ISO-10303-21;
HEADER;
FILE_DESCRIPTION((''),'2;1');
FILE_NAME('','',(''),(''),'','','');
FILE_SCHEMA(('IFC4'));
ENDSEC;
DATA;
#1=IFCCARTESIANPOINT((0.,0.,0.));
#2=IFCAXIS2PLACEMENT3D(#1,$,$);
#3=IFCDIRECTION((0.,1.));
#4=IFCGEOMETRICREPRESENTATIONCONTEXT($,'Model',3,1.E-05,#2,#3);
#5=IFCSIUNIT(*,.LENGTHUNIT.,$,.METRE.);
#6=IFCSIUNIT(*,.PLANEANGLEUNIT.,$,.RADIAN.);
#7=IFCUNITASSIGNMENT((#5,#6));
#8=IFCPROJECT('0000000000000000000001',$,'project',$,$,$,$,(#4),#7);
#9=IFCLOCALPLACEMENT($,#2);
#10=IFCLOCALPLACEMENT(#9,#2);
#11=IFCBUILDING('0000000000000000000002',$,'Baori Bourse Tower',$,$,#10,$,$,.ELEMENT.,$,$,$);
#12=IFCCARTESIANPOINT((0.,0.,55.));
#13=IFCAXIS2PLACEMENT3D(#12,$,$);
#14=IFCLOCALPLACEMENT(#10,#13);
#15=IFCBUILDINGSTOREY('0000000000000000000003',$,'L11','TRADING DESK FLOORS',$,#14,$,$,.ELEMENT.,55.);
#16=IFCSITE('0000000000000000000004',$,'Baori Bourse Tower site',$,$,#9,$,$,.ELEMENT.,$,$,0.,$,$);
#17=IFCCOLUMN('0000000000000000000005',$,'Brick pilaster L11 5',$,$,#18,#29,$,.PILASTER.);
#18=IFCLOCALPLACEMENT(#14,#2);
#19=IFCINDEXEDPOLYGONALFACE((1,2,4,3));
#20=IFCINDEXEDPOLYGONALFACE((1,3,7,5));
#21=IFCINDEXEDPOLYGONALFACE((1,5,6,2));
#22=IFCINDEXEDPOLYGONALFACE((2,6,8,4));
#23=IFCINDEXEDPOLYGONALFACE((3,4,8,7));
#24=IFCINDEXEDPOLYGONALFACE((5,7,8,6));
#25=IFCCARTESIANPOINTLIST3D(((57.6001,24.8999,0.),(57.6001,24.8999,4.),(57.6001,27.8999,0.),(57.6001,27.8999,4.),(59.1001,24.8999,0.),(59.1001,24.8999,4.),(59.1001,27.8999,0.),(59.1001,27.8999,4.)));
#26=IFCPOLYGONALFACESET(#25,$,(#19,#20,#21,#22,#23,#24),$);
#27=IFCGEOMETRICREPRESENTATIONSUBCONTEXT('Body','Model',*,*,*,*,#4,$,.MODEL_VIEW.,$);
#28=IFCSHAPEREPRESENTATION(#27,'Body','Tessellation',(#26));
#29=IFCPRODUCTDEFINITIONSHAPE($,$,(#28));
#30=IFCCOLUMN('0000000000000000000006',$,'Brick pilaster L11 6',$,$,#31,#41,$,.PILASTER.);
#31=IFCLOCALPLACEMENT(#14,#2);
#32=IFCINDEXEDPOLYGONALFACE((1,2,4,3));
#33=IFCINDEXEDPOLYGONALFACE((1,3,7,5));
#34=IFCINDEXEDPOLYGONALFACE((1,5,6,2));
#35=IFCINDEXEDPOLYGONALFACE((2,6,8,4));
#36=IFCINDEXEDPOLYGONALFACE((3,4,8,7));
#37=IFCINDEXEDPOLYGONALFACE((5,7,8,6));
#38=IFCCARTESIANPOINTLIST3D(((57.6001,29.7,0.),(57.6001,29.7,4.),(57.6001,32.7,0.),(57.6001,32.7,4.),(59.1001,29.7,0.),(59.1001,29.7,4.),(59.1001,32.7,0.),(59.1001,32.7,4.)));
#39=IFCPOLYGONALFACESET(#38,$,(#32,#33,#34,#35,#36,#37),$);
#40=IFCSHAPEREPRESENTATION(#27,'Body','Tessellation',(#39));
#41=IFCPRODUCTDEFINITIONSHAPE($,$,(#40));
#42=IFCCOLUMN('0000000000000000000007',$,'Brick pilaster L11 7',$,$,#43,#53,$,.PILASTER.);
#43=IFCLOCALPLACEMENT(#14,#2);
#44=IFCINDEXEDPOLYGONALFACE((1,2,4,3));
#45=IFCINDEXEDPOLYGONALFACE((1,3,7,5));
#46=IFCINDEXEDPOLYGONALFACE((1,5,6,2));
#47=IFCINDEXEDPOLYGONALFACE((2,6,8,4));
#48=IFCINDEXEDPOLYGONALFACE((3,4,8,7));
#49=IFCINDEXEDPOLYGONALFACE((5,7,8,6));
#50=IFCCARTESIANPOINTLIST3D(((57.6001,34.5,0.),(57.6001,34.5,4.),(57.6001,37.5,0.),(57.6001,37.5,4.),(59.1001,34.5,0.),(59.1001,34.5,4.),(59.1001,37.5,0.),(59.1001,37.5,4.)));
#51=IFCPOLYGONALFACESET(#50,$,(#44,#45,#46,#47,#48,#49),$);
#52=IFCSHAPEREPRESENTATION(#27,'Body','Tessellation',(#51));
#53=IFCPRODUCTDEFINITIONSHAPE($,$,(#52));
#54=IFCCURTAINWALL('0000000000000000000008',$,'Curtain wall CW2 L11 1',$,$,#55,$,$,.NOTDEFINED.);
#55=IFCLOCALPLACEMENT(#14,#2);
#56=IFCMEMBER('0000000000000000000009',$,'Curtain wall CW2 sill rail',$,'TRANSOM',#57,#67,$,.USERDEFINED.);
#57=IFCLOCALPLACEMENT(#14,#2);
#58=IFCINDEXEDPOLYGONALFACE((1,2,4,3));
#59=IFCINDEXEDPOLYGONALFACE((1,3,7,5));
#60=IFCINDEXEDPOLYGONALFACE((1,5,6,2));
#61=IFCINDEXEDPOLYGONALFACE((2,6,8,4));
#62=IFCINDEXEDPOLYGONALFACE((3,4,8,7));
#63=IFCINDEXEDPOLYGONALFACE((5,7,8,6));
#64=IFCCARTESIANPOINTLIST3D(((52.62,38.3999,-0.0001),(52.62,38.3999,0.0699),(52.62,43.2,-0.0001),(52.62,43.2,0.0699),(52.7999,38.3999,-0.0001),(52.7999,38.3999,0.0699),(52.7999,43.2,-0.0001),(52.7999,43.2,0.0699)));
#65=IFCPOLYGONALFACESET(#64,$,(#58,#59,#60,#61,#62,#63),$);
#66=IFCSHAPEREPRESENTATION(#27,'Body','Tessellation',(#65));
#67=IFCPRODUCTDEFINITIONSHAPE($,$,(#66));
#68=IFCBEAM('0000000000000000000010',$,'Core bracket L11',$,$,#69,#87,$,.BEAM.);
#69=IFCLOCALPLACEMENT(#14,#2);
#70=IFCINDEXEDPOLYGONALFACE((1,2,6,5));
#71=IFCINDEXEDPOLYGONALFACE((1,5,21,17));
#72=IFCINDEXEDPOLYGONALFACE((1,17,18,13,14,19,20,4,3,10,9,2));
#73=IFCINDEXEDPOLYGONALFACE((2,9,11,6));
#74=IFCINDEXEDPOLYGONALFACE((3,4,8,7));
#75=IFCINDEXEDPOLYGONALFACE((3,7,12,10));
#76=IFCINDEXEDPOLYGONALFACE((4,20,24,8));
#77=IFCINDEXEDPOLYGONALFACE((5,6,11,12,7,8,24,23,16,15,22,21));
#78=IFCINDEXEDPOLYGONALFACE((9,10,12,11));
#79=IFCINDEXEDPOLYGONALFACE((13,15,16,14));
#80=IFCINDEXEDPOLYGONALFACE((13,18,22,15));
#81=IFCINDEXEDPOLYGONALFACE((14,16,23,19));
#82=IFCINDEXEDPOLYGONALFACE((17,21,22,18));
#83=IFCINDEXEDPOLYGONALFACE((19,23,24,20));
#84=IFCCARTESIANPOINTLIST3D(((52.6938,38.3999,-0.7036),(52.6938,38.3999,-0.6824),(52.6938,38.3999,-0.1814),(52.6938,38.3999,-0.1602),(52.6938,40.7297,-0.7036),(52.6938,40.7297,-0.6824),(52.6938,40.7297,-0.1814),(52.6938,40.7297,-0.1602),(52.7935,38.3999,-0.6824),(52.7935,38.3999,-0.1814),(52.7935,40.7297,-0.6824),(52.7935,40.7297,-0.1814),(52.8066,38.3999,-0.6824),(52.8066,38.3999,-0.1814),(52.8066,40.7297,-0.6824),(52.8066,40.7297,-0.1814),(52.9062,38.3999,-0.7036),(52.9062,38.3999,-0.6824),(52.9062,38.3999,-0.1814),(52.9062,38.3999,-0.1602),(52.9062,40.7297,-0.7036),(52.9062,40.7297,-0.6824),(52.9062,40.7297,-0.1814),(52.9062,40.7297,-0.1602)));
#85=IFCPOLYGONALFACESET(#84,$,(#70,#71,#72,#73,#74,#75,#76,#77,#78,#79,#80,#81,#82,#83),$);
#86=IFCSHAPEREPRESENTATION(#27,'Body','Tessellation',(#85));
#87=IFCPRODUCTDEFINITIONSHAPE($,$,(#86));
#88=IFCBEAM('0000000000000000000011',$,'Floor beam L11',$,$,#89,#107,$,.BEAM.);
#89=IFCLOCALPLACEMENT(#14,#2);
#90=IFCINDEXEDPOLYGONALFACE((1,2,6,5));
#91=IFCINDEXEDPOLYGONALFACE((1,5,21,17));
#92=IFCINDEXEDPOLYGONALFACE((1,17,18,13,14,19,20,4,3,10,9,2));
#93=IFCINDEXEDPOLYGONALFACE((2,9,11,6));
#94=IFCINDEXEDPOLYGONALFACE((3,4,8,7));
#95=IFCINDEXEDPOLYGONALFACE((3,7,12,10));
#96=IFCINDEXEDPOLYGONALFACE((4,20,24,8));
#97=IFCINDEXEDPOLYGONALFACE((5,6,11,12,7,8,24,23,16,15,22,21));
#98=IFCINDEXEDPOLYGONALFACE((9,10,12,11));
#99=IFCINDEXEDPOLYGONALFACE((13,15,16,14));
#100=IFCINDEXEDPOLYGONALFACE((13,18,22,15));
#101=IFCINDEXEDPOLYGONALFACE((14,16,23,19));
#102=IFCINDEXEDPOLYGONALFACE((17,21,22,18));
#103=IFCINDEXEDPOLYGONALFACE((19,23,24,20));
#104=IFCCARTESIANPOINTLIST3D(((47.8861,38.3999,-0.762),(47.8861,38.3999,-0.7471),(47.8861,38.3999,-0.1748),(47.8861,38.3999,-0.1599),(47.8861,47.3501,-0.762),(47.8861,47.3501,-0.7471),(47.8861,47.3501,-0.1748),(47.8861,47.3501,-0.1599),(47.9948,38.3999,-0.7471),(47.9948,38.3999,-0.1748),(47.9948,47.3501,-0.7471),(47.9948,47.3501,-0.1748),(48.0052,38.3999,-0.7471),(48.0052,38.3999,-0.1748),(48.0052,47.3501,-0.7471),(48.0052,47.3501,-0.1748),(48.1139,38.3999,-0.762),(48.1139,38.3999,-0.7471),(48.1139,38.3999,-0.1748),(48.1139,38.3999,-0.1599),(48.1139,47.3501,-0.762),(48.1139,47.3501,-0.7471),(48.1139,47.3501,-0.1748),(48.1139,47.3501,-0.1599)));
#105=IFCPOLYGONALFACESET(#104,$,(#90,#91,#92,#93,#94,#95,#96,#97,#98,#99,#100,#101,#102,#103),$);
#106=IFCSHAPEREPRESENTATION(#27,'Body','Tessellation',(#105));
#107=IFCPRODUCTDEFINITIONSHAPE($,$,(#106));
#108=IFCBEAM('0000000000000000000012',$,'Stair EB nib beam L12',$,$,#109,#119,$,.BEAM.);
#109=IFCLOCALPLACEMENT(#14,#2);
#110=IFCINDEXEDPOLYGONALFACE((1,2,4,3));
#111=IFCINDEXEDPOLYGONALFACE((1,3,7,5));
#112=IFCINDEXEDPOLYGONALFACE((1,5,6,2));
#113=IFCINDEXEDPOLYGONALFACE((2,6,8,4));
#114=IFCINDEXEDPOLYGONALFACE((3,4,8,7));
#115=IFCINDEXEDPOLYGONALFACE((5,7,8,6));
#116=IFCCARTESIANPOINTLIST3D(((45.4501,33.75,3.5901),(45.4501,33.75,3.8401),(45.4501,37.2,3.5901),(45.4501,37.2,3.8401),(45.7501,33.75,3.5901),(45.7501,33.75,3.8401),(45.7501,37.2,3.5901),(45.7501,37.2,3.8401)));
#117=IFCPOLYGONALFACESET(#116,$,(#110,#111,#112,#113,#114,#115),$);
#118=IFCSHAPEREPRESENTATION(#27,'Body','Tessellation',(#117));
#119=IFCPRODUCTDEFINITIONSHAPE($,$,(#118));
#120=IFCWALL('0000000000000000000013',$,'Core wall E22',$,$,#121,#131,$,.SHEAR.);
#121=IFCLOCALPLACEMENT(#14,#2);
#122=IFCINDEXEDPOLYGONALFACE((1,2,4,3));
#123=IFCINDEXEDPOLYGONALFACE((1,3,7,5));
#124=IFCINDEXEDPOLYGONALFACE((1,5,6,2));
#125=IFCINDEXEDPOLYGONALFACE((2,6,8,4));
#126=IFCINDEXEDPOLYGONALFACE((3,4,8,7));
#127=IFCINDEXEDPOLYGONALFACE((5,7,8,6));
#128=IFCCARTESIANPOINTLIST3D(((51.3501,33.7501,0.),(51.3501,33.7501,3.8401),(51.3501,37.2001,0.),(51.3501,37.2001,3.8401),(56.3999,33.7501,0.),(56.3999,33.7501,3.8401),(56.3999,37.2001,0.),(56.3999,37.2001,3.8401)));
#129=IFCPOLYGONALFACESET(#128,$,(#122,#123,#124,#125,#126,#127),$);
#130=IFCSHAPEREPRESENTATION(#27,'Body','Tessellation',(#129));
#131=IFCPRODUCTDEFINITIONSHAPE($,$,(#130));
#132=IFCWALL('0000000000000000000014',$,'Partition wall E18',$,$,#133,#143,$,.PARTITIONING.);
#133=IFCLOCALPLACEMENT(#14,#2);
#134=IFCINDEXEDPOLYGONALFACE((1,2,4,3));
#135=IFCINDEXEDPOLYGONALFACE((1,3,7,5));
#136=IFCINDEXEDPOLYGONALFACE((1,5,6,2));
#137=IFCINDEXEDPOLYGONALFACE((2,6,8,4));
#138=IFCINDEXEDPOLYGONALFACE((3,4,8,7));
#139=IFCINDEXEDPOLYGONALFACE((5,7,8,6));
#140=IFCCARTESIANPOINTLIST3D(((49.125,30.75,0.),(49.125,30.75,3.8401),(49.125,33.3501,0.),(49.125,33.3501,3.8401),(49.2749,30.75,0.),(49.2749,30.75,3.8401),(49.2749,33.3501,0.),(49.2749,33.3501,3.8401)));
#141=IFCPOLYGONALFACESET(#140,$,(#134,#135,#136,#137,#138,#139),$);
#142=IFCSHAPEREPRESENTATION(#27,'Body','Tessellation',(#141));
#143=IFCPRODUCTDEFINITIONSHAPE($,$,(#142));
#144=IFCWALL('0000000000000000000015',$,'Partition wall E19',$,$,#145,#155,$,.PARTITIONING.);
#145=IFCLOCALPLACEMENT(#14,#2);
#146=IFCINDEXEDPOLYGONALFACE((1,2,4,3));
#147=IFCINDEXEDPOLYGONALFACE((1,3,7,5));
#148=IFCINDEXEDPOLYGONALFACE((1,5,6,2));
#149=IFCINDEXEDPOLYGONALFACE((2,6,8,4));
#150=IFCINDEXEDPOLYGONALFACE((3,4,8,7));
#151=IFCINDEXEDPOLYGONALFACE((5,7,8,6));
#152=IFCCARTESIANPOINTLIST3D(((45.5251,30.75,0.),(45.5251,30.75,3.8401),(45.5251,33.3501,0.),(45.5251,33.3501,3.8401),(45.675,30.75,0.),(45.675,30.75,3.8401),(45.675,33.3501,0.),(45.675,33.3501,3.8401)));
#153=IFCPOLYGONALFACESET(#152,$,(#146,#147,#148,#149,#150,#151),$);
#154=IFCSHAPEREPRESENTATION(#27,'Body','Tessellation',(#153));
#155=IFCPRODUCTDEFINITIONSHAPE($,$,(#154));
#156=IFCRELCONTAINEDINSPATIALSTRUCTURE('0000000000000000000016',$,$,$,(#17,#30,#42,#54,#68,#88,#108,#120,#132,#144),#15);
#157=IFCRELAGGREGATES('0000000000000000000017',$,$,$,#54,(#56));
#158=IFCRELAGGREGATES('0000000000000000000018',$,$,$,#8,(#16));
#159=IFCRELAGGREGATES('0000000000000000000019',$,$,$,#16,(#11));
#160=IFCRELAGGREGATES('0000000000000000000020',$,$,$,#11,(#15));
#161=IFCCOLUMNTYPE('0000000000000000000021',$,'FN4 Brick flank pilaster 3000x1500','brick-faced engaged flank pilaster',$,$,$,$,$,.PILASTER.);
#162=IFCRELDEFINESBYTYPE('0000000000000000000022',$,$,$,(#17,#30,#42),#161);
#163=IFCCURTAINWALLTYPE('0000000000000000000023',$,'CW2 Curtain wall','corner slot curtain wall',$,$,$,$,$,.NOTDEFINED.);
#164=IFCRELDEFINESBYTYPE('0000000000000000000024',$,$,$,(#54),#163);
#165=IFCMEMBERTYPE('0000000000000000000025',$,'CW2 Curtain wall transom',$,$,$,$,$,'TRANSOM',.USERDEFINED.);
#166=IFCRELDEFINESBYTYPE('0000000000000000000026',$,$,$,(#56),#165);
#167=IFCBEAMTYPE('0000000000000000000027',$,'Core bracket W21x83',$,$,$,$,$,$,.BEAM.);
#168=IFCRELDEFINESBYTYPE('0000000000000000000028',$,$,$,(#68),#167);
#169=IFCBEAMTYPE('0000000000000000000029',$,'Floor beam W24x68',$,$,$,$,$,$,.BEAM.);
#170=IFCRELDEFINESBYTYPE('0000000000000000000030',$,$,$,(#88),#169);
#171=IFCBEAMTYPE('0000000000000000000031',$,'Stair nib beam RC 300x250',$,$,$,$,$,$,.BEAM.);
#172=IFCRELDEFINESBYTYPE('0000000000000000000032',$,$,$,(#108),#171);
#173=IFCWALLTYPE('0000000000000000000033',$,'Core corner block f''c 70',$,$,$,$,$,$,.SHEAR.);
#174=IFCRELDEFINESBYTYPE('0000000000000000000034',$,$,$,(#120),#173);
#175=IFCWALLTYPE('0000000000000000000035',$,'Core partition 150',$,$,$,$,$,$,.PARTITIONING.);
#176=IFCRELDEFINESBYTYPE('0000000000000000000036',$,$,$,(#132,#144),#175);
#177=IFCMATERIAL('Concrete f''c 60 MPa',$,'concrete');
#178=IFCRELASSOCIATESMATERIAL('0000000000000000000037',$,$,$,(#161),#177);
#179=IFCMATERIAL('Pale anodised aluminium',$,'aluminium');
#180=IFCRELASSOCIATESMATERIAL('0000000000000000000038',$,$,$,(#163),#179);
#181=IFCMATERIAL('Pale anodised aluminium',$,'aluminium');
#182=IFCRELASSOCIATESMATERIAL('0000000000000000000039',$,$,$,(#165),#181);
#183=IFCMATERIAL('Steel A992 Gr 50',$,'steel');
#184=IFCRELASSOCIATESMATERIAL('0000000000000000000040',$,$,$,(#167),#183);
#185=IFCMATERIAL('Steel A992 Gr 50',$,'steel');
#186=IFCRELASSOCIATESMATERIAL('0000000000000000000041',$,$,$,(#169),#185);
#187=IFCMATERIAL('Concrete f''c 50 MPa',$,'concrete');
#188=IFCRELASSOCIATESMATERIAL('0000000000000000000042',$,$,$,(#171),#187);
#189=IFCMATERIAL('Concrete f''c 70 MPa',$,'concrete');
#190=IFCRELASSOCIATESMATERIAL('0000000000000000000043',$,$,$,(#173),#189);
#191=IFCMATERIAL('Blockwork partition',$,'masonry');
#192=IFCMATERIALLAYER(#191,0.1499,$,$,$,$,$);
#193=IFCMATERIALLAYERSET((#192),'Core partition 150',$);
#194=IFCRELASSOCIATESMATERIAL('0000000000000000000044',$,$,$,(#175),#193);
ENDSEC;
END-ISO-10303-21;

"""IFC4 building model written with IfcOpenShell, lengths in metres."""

from ifc_helpers import new_model, si_unit, direction, frame, frame_2d, origin, origin_2d, place, context, subcontext, project, spatial, rectangle, i_section, extrude, material, layer, layer_set, material_profile, profile_set, type_object, element, aggregate, save


model = new_model("IFC4")

# Units and contexts
model_context = context("Model", 3, precision=1e-05, world=origin(), true_north=direction((0.0, 1.0)))
body_context = subcontext(model_context, "Body", "Model", "MODEL_VIEW")
ifc_project = project(units=[si_unit("LENGTHUNIT", "METRE"), si_unit("PLANEANGLEUNIT", "RADIAN")], contexts=[model_context])

# Site, building, storey
site_placement = place(None, origin())
site = spatial("IfcSite", under=ifc_project, at=site_placement, Name="Baori Bourse Tower site", CompositionType="ELEMENT", RefElevation=0.0)
building_placement = place(site_placement, origin())
building = spatial("IfcBuilding", under=site, at=building_placement, Name="Baori Bourse Tower", CompositionType="ELEMENT")
storey_placement = place(building_placement, frame((0.0, 0.0, 55.0)))
storey = spatial("IfcBuildingStorey", under=building, at=storey_placement, Name="L11", Description="TRADING DESK FLOORS", CompositionType="ELEMENT", Elevation=55.0)

# Columns
ifc_material_1 = material(Name="Concrete f'c 60 MPa", Category="concrete")
ifc_material_profile_1 = material_profile(ifc_material_1, rectangle(XDim=3.0, YDim=1.5, at=origin_2d()), Name="RC 3000x1500")
ifc_profile_set_1 = profile_set([ifc_material_profile_1], Name="Concrete f'c 60 MPa")
column_type = type_object("IfcColumnType", Name="FN4 Brick flank pilaster 3000x1500", Description="brick-faced engaged flank pilaster", PredefinedType="PILASTER", material=ifc_profile_set_1)
for number, where, z_axis, x_axis, name in (
    (1, (58.3501, 26.3999, 0.0), (0.0, 0.0, 1.0), (0.0, 1.0, 0.0), "Brick pilaster L11 5"),
    (2, (58.3501, 31.2, 0.0), (0.0, 0.0, 1.0), (0.0, 1.0, 0.0), "Brick pilaster L11 6"),
    (3, (58.3501, 36.0, 0.0), (0.0, 0.0, 1.0), (0.0, 1.0, 0.0), "Brick pilaster L11 7"),
):
    element("IfcColumn", number, at=place(storey_placement, frame(where, z_axis=z_axis, x_axis=x_axis)), inside=storey, type_object=column_type, Name=name, PredefinedType="PILASTER", context=body_context, shape_type="SweptSolid", body=[
        extrude(rectangle(XDim=3.0, YDim=1.5, at=origin_2d()), origin(), (0.0, 0.0, 1.0), 4.0),
    ])

# Curtain wall, member
ifc_material_2 = material(Name="Pale anodised aluminium", Category="aluminium")
curtain_wall_type = type_object("IfcCurtainWallType", Name="CW2 Curtain wall", Description="corner slot curtain wall", PredefinedType="NOTDEFINED", material=ifc_material_2)
curtain_wall_placement = place(storey_placement, origin())
curtain_wall = element("IfcCurtainWall", 4, at=curtain_wall_placement, inside=storey, type_object=curtain_wall_type, Name="Curtain wall CW2 L11 1", PredefinedType="NOTDEFINED")
ifc_material_3 = material(Name="Pale anodised aluminium", Category="aluminium")
ifc_material_profile_2 = material_profile(ifc_material_3, rectangle(XDim=0.1799, YDim=0.0701, at=origin_2d()), Name="Transom 70x180")
ifc_profile_set_2 = profile_set([ifc_material_profile_2], Name="Pale anodised aluminium")
member_type = type_object("IfcMemberType", Name="CW2 Curtain wall transom", ElementType="TRANSOM", PredefinedType="USERDEFINED", material=ifc_profile_set_2)
member_placement = place(storey_placement, frame((52.71, 38.3999, 0.0349), z_axis=(0.0, 1.0, 0.0), x_axis=(-1.0, 0.0, 0.0)))
member = element("IfcMember", 5, at=member_placement, type_object=member_type, Name="Curtain wall CW2 sill rail", ObjectType="TRANSOM", PredefinedType="USERDEFINED", context=body_context, shape_type="SweptSolid", body=[
    extrude(rectangle(XDim=0.1799, YDim=0.0701, at=origin_2d()), origin(), (0.0, 0.0, 1.0), 4.8),
])
aggregate(curtain_wall, [member])

# Beams
ifc_material_4 = material(Name="Steel A992 Gr 50", Category="steel")
ifc_material_profile_3 = material_profile(ifc_material_4, i_section(OverallWidth=0.2124, OverallDepth=0.5435, WebThickness=0.0132, FlangeThickness=0.0212, at=origin_2d()), Name="W21x83")
ifc_profile_set_3 = profile_set([ifc_material_profile_3], Name="Steel A992 Gr 50")
beam_type_1 = type_object("IfcBeamType", Name="Core bracket W21x83", PredefinedType="BEAM", material=ifc_profile_set_3)
beam_1_placement = place(storey_placement, frame((52.8, 38.3999, -0.4319), z_axis=(0.0, 1.0, 0.0), x_axis=(-1.0, 0.0, 0.0)))
element("IfcBeam", 6, at=beam_1_placement, inside=storey, type_object=beam_type_1, Name="Core bracket L11", PredefinedType="BEAM", context=body_context, shape_type="SweptSolid", body=[
    extrude(i_section(OverallWidth=0.2124, OverallDepth=0.5435, WebThickness=0.0132, FlangeThickness=0.0212, at=origin_2d()), origin(), (0.0, 0.0, 1.0), 2.3298),
])
ifc_material_5 = material(Name="Steel A992 Gr 50", Category="steel")
ifc_material_profile_4 = material_profile(ifc_material_5, i_section(OverallWidth=0.2278, OverallDepth=0.6021, WebThickness=0.0105, FlangeThickness=0.0149, at=origin_2d()), Name="W24x68")
ifc_profile_set_4 = profile_set([ifc_material_profile_4], Name="Steel A992 Gr 50")
beam_type_2 = type_object("IfcBeamType", Name="Floor beam W24x68", PredefinedType="BEAM", material=ifc_profile_set_4)
beam_2_placement = place(storey_placement, frame((48.0, 38.3999, -0.4609), z_axis=(0.0, 1.0, 0.0), x_axis=(-1.0, 0.0, 0.0)))
element("IfcBeam", 7, at=beam_2_placement, inside=storey, type_object=beam_type_2, Name="Floor beam L11", PredefinedType="BEAM", context=body_context, shape_type="SweptSolid", body=[
    extrude(i_section(OverallWidth=0.2278, OverallDepth=0.6021, WebThickness=0.0105, FlangeThickness=0.0149, at=origin_2d()), origin(), (0.0, 0.0, 1.0), 8.9502),
])
ifc_material_6 = material(Name="Concrete f'c 50 MPa", Category="concrete")
ifc_material_profile_5 = material_profile(ifc_material_6, rectangle(XDim=0.3, YDim=0.25, at=origin_2d()), Name="RC 300x250")
ifc_profile_set_5 = profile_set([ifc_material_profile_5], Name="Concrete f'c 50 MPa")
beam_type_3 = type_object("IfcBeamType", Name="Stair nib beam RC 300x250", PredefinedType="BEAM", material=ifc_profile_set_5)
beam_3_placement = place(storey_placement, frame((45.6001, 33.75, 3.7151), z_axis=(0.0, 1.0, 0.0), x_axis=(-1.0, 0.0, 0.0)))
element("IfcBeam", 8, at=beam_3_placement, inside=storey, type_object=beam_type_3, Name="Stair EB nib beam L12", PredefinedType="BEAM", context=body_context, shape_type="SweptSolid", body=[
    extrude(rectangle(XDim=0.3, YDim=0.25, at=origin_2d()), origin(), (0.0, 0.0, 1.0), 3.45),
])

# Walls
ifc_material_7 = material(Name="Concrete f'c 70 MPa", Category="concrete")
wall_type_1 = type_object("IfcWallType", Name="Core corner block f'c 70", PredefinedType="SHEAR", material=ifc_material_7)
wall_1_placement = place(storey_placement, frame((51.3501, 35.4751, 0.0), z_axis=(0.0, 0.0, 1.0), x_axis=(1.0, 0.0, 0.0)))
element("IfcWall", 9, at=wall_1_placement, inside=storey, type_object=wall_type_1, Name="Core wall E22", PredefinedType="SHEAR", context=body_context, shape_type="SweptSolid", body=[
    extrude(rectangle(XDim=5.0498, YDim=3.45, at=frame_2d((2.5249, 0.0))), origin(), (0.0, 0.0, 1.0), 3.8401),
])
ifc_material_8 = material(Name="Blockwork partition", Category="masonry")
ifc_layer_1 = layer(ifc_material_8, 0.1499)
ifc_layer_set_1 = layer_set([ifc_layer_1], Name="Core partition 150")
wall_type_2 = type_object("IfcWallType", Name="Core partition 150", PredefinedType="PARTITIONING", material=ifc_layer_set_1)
for number, where, z_axis, x_axis, name in (
    (10, (49.2, 30.75, 0.0), (0.0, 0.0, 1.0), (0.0, 1.0, 0.0), "Partition wall E18"),
    (11, (45.6001, 30.75, 0.0), (0.0, 0.0, 1.0), (0.0, 1.0, 0.0), "Partition wall E19"),
):
    element("IfcWall", number, at=place(storey_placement, frame(where, z_axis=z_axis, x_axis=x_axis)), inside=storey, type_object=wall_type_2, Name=name, PredefinedType="PARTITIONING", context=body_context, shape_type="SweptSolid", body=[
        extrude(rectangle(XDim=2.6001, YDim=0.1499, at=frame_2d((1.3, 0.0))), origin(), (0.0, 0.0, 1.0), 3.8401),
    ])

save(model, "model.ifc")
